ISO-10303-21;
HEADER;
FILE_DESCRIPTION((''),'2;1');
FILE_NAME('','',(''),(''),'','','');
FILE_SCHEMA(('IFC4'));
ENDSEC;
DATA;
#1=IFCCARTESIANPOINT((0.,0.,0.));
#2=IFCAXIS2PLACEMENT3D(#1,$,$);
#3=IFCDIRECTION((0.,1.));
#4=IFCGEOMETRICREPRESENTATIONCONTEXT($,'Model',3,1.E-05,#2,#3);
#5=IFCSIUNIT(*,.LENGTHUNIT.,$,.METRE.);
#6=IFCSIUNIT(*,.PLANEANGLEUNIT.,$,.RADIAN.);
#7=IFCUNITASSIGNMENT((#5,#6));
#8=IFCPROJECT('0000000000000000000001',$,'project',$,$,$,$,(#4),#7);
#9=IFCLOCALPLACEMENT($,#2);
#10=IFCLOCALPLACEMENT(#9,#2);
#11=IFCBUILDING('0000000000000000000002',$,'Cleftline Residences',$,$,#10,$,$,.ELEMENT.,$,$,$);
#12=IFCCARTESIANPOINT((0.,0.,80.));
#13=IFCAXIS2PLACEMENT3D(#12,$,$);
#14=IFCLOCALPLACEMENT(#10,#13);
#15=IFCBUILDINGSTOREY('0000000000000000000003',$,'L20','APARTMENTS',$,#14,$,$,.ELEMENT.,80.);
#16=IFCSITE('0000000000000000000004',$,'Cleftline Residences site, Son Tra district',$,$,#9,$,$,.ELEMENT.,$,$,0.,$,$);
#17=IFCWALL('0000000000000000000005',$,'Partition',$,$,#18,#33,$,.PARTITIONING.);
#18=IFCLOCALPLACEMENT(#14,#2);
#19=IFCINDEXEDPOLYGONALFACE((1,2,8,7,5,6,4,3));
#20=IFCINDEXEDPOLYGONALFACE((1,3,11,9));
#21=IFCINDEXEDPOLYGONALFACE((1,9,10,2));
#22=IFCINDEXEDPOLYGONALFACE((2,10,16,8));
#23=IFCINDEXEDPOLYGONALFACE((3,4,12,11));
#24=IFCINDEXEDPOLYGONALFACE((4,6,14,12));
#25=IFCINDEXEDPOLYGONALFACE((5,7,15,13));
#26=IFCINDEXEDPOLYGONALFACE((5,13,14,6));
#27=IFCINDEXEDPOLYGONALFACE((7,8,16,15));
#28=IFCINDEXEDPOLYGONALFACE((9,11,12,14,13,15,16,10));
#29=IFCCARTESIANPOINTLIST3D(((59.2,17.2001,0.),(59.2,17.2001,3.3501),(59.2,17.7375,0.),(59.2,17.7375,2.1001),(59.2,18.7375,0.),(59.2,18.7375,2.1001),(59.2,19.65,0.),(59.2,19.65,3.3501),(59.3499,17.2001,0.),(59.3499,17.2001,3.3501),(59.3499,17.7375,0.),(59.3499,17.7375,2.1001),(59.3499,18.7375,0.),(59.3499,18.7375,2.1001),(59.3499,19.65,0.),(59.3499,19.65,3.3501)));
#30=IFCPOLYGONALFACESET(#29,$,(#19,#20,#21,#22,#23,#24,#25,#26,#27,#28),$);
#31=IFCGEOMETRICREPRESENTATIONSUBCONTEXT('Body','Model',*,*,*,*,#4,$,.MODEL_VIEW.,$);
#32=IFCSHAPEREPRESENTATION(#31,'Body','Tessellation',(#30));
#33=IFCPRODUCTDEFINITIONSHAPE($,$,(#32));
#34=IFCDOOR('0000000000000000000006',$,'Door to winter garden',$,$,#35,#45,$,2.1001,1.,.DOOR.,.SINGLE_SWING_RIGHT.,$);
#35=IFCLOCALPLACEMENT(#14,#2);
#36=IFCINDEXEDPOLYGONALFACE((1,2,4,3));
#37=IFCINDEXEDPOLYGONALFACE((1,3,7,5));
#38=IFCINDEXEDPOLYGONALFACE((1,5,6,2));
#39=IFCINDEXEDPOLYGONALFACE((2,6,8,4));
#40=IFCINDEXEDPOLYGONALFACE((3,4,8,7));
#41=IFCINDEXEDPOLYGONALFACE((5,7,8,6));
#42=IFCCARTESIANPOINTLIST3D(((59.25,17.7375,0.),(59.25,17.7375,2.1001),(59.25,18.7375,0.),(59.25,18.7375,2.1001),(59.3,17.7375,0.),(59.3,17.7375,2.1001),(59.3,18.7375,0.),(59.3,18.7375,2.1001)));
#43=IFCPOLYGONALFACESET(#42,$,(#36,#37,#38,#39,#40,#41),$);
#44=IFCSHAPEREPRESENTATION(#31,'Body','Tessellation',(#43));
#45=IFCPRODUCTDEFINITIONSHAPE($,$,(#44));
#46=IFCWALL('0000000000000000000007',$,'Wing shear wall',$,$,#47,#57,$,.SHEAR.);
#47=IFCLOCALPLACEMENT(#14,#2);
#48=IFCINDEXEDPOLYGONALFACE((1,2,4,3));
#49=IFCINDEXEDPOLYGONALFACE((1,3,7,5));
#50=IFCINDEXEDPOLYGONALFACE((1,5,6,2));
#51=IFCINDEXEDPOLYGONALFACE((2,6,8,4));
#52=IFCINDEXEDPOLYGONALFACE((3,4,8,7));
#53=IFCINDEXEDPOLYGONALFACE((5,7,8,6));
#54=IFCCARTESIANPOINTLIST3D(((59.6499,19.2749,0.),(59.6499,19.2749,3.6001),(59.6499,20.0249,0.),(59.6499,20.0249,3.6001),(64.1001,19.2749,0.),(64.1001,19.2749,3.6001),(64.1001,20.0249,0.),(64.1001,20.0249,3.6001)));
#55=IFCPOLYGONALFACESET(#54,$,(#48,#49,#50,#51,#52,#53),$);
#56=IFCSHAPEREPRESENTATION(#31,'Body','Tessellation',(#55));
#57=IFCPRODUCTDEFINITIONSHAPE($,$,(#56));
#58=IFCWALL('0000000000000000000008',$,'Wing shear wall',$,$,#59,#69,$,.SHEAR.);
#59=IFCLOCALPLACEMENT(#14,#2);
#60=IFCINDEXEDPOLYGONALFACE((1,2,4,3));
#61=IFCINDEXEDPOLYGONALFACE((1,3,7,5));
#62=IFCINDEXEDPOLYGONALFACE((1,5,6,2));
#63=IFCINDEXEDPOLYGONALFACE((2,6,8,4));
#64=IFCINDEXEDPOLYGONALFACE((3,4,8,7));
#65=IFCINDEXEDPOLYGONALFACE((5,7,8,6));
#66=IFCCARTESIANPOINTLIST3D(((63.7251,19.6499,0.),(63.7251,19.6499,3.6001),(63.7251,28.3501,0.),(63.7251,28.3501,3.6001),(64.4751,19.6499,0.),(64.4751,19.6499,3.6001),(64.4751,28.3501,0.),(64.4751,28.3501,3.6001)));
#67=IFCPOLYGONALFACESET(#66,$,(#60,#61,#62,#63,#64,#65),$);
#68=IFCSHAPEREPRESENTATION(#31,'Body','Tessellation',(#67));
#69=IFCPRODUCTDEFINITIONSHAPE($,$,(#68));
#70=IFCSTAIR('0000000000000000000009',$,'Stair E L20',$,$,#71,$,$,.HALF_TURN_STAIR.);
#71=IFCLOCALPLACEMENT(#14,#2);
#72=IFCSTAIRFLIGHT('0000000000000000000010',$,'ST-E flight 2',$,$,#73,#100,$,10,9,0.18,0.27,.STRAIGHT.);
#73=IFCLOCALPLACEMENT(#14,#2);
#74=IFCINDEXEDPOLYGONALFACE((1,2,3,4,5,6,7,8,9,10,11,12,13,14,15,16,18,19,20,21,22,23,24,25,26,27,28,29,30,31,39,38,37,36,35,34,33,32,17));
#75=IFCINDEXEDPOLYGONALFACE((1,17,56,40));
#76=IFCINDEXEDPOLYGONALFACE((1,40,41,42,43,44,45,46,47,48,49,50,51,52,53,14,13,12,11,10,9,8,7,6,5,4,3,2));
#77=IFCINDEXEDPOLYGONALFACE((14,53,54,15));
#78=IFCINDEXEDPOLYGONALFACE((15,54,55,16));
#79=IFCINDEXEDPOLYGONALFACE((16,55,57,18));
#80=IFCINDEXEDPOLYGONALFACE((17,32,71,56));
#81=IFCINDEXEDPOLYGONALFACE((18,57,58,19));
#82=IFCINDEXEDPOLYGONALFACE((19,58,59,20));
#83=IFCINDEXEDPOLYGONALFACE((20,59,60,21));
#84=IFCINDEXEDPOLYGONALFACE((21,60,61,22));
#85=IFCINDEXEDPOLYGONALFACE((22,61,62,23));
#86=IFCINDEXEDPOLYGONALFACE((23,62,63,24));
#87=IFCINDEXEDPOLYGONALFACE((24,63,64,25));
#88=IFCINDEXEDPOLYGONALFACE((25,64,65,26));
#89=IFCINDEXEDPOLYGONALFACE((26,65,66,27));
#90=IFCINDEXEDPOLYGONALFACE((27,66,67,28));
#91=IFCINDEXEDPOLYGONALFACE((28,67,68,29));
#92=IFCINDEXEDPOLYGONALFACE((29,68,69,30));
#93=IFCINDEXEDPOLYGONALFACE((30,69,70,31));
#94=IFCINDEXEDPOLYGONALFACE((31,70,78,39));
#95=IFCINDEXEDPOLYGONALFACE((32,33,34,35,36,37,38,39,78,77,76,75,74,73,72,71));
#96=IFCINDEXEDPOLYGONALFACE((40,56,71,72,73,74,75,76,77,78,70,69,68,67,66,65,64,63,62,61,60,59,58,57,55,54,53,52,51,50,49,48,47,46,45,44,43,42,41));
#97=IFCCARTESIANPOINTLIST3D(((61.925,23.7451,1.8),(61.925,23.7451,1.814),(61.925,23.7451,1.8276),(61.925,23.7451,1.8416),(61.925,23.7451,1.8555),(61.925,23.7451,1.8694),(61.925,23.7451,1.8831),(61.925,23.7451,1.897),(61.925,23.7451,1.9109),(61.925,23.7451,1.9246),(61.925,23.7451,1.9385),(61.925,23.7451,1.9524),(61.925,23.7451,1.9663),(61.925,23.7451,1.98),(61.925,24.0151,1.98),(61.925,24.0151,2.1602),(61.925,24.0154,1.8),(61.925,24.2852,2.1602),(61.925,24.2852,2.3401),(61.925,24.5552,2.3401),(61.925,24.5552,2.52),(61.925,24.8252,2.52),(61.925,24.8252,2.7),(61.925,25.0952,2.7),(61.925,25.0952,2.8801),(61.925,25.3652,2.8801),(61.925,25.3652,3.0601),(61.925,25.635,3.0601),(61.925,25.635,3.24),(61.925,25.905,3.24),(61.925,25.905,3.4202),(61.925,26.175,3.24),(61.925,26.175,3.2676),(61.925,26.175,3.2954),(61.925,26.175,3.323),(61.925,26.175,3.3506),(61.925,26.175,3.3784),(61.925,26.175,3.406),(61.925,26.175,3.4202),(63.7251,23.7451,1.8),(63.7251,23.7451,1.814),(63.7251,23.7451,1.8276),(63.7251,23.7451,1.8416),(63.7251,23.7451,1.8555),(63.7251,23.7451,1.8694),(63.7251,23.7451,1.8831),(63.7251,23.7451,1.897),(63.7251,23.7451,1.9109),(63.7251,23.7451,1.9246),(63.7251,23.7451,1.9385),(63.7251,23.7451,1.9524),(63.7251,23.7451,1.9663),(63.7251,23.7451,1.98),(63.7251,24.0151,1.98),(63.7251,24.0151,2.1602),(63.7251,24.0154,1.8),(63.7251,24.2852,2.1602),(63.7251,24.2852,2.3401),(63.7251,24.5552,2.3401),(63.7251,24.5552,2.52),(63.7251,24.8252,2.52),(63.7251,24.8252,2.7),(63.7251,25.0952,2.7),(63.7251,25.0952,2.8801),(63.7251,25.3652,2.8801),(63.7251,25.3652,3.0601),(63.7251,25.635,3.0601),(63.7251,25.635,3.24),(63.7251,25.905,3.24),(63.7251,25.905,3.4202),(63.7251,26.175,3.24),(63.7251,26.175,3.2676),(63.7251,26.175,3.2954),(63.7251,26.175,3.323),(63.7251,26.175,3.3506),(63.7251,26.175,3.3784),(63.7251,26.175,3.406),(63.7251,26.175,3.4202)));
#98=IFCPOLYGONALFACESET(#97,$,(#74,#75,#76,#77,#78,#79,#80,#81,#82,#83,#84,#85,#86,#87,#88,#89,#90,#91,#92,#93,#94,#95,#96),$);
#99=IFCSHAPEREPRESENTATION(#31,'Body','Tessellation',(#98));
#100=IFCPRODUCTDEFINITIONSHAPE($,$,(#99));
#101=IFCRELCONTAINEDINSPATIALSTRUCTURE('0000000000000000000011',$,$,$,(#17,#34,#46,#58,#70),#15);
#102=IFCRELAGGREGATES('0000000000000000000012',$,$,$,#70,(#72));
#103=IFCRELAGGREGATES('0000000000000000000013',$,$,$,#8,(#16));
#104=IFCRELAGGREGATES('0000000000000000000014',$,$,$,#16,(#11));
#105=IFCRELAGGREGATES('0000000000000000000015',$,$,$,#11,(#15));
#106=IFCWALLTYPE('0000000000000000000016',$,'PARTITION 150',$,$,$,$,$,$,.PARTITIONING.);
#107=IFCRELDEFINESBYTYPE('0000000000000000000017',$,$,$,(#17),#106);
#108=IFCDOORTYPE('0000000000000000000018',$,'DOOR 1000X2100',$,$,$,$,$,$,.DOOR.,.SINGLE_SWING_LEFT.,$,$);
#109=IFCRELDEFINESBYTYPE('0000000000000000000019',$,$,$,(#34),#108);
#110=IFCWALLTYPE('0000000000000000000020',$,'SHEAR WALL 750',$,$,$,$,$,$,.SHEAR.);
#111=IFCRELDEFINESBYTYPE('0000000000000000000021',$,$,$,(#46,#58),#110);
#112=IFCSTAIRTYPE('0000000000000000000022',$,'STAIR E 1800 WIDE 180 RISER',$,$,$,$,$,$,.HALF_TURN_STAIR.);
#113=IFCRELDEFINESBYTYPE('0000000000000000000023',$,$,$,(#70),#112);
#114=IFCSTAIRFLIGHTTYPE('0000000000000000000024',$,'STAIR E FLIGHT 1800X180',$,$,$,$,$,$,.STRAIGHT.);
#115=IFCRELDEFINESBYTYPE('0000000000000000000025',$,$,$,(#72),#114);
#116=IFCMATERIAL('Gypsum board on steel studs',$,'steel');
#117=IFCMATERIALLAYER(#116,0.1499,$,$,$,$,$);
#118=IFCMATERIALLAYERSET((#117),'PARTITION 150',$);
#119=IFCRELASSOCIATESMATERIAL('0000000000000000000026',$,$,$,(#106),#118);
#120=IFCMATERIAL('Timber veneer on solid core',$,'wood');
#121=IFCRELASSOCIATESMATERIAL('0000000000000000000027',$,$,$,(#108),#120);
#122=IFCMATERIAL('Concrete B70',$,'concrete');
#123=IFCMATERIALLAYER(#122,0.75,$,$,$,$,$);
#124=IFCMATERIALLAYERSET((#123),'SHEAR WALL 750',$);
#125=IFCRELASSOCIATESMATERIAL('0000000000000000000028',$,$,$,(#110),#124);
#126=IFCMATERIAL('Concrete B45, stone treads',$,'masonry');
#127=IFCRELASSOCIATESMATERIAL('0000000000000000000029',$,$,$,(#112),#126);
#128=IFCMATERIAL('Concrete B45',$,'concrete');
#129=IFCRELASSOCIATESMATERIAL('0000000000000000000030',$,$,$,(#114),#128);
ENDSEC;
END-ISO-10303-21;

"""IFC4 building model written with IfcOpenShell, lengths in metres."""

from ifc_helpers import new_model, si_unit, direction, frame, frame_2d, origin, place, context, subcontext, project, spatial, polyline, rectangle, outline, extrude, material, layer, layer_set, type_object, element, fill, aggregate, save


model = new_model("IFC4")

# Units and contexts
model_context = context("Model", 3, precision=1e-05, world=origin(), true_north=direction((0.0, 1.0)))
body_context = subcontext(model_context, "Body", "Model", "MODEL_VIEW")
ifc_project = project(units=[si_unit("LENGTHUNIT", "METRE"), si_unit("PLANEANGLEUNIT", "RADIAN")], contexts=[model_context])

# Site, building, storey
site_placement = place(None, origin())
site = spatial("IfcSite", under=ifc_project, at=site_placement, Name="Cleftline Residences site, Son Tra district", CompositionType="ELEMENT", RefElevation=0.0)
building_placement = place(site_placement, origin())
building = spatial("IfcBuilding", under=site, at=building_placement, Name="Cleftline Residences", CompositionType="ELEMENT")
storey_placement = place(building_placement, frame((0.0, 0.0, 80.0)))
storey = spatial("IfcBuildingStorey", under=building, at=storey_placement, Name="L20", Description="APARTMENTS", CompositionType="ELEMENT", Elevation=80.0)

# Shared definitions
ifc_material_1 = material(Name="Gypsum board on steel studs", Category="steel")
ifc_layer_1 = layer(ifc_material_1, 0.1499)
ifc_layer_set_1 = layer_set([ifc_layer_1], Name="PARTITION 150")
wall_type_1 = type_object("IfcWallType", Name="PARTITION 150", PredefinedType="PARTITIONING", material=ifc_layer_set_1)

# Shared definitions
ifc_material_2 = material(Name="Timber veneer on solid core", Category="wood")
door_type_1 = type_object("IfcDoorType", Name="DOOR 1000X2100", OperationType="SINGLE_SWING_LEFT", PredefinedType="DOOR", material=ifc_material_2)

# Wall, opening, door
wall_1_placement = place(storey_placement, frame((59.2749, 17.2, 0.0), z_axis=(0.0, 0.0, 1.0), x_axis=(0.0, 1.0, 0.0)))
wall_1 = element("IfcWall", 1, at=wall_1_placement, inside=storey, type_object=wall_type_1, Name="Partition", PredefinedType="PARTITIONING", context=body_context, shape_type="SweptSolid", body=[
    extrude(rectangle(XDim=2.45, YDim=0.1499, at=frame_2d((1.2251, 0.0))), origin(), (0.0, 0.0, 1.0), 3.3501),
])
opening_1_placement = place(wall_1_placement, frame((0.5376, 0.0, 0.0)))
opening_1 = element("IfcOpeningElement", 2, at=opening_1_placement, cuts=wall_1, PredefinedType="OPENING", context=body_context, shape_type="SweptSolid", body=[
    extrude(rectangle(XDim=1.0, YDim=2.1001, at=frame_2d((0.5, 1.05))), frame((0.0, 0.085, 0.0), z_axis=(0.0, -1.0, 0.0), x_axis=(1.0, 0.0, 0.0)), (0.0, 0.0, 1.0), 0.1699),
])
door_1_placement = place(opening_1_placement, origin())
door_1 = element("IfcDoor", 3, at=door_1_placement, inside=storey, type_object=door_type_1, Name="Door to winter garden", OperationType="SINGLE_SWING_RIGHT", OverallHeight=2.1001, OverallWidth=1.0, PredefinedType="DOOR", context=body_context, shape_type="SweptSolid", body=[
    extrude(rectangle(XDim=1.0, YDim=2.1001, at=frame_2d((0.5, 1.05))), frame((0.0, 0.0249, 0.0), z_axis=(0.0, -1.0, 0.0), x_axis=(1.0, 0.0, 0.0)), (0.0, 0.0, 1.0), 0.05),
])
fill(opening_1, door_1)

# Walls
ifc_material_3 = material(Name="Concrete B70", Category="concrete")
ifc_layer_2 = layer(ifc_material_3, 0.75)
ifc_layer_set_2 = layer_set([ifc_layer_2], Name="SHEAR WALL 750")
wall_type_2 = type_object("IfcWallType", Name="SHEAR WALL 750", PredefinedType="SHEAR", material=ifc_layer_set_2)
wall_2_placement = place(storey_placement, frame((59.6499, 19.6499, 0.0), z_axis=(0.0, 0.0, 1.0), x_axis=(1.0, 0.0, 0.0)))
element("IfcWall", 4, at=wall_2_placement, inside=storey, type_object=wall_type_2, Name="Wing shear wall", PredefinedType="SHEAR", context=body_context, shape_type="SweptSolid", body=[
    extrude(rectangle(XDim=4.4502, YDim=0.75, at=frame_2d((2.2251, 0.0))), origin(), (0.0, 0.0, 1.0), 3.6001),
])
wall_3_placement = place(storey_placement, frame((64.1001, 19.6499, 0.0), z_axis=(0.0, 0.0, 1.0), x_axis=(0.0, 1.0, 0.0)))
element("IfcWall", 5, at=wall_3_placement, inside=storey, type_object=wall_type_2, Name="Wing shear wall", PredefinedType="SHEAR", context=body_context, shape_type="SweptSolid", body=[
    extrude(rectangle(XDim=8.7002, YDim=0.75, at=frame_2d((4.3501, 0.0))), origin(), (0.0, 0.0, 1.0), 3.6001),
])

# Stair, stair flight
ifc_material_4 = material(Name="Concrete B45, stone treads", Category="masonry")
stair_type = type_object("IfcStairType", Name="STAIR E 1800 WIDE 180 RISER", PredefinedType="HALF_TURN_STAIR", material=ifc_material_4)
stair_placement = place(storey_placement, origin())
stair = element("IfcStair", 6, at=stair_placement, inside=storey, type_object=stair_type, Name="Stair E L20", PredefinedType="HALF_TURN_STAIR")
ifc_material_5 = material(Name="Concrete B45", Category="concrete")
stair_flight_type = type_object("IfcStairFlightType", Name="STAIR E FLIGHT 1800X180", PredefinedType="STRAIGHT", material=ifc_material_5)
stair_flight_placement = place(storey_placement, frame((62.825, 23.7451, 1.8), z_axis=(0.0, 0.0, 1.0), x_axis=(0.0, 1.0, 0.0)))
stair_flight = element("IfcStairFlight", 7, at=stair_flight_placement, type_object=stair_flight_type, Name="ST-E flight 2", NumberOfRisers=10, NumberOfTreads=9, PredefinedType="STRAIGHT", RiserHeight=0.18, TreadLength=0.27, context=body_context, shape_type="SweptSolid", body=[
    extrude(outline(polyline([(0.0, 0.0), (0.0, 0.0139), (0.0, 0.0276), (0.0, 0.0415), (0.0, 0.0554), (0.0, 0.0693), (0.0, 0.083), (0.0, 0.0969), (0.0, 0.1108), (0.0, 0.1245), (0.0, 0.1384), (0.0, 0.1523), (0.0, 0.1663), (0.0, 0.1799), (0.27, 0.1799), (0.27, 0.3601), (0.54, 0.3601), (0.54, 0.54), (0.8101, 0.54), (0.8101, 0.72), (1.0801, 0.72), (1.0801, 0.8999), (1.3501, 0.8999), (1.3501, 1.0801), (1.6201, 1.0801), (1.6201, 1.26), (1.8899, 1.26), (1.8899, 1.4399), (2.1599, 1.4399), (2.1599, 1.6201), (2.4299, 1.6201), (2.4299, 1.8), (2.4299, 1.7722), (2.4299, 1.7446), (2.4299, 1.7168), (2.4299, 1.6892), (2.4299, 1.6614), (2.4299, 1.6338), (2.4299, 1.606), (2.4299, 1.5784), (2.4299, 1.5505), (2.4299, 1.5229), (2.4299, 1.4954), (2.4299, 1.4675), (2.4299, 1.4399), (0.2703, 0.0), (0.0, 0.0)])), frame((0.0, 0.8999, 0.0), z_axis=(0.0, -1.0, 0.0), x_axis=(1.0, 0.0, 0.0)), (0.0, 0.0, 1.0), 1.8),
])
aggregate(stair, [stair_flight])

save(model, "model.ifc")
